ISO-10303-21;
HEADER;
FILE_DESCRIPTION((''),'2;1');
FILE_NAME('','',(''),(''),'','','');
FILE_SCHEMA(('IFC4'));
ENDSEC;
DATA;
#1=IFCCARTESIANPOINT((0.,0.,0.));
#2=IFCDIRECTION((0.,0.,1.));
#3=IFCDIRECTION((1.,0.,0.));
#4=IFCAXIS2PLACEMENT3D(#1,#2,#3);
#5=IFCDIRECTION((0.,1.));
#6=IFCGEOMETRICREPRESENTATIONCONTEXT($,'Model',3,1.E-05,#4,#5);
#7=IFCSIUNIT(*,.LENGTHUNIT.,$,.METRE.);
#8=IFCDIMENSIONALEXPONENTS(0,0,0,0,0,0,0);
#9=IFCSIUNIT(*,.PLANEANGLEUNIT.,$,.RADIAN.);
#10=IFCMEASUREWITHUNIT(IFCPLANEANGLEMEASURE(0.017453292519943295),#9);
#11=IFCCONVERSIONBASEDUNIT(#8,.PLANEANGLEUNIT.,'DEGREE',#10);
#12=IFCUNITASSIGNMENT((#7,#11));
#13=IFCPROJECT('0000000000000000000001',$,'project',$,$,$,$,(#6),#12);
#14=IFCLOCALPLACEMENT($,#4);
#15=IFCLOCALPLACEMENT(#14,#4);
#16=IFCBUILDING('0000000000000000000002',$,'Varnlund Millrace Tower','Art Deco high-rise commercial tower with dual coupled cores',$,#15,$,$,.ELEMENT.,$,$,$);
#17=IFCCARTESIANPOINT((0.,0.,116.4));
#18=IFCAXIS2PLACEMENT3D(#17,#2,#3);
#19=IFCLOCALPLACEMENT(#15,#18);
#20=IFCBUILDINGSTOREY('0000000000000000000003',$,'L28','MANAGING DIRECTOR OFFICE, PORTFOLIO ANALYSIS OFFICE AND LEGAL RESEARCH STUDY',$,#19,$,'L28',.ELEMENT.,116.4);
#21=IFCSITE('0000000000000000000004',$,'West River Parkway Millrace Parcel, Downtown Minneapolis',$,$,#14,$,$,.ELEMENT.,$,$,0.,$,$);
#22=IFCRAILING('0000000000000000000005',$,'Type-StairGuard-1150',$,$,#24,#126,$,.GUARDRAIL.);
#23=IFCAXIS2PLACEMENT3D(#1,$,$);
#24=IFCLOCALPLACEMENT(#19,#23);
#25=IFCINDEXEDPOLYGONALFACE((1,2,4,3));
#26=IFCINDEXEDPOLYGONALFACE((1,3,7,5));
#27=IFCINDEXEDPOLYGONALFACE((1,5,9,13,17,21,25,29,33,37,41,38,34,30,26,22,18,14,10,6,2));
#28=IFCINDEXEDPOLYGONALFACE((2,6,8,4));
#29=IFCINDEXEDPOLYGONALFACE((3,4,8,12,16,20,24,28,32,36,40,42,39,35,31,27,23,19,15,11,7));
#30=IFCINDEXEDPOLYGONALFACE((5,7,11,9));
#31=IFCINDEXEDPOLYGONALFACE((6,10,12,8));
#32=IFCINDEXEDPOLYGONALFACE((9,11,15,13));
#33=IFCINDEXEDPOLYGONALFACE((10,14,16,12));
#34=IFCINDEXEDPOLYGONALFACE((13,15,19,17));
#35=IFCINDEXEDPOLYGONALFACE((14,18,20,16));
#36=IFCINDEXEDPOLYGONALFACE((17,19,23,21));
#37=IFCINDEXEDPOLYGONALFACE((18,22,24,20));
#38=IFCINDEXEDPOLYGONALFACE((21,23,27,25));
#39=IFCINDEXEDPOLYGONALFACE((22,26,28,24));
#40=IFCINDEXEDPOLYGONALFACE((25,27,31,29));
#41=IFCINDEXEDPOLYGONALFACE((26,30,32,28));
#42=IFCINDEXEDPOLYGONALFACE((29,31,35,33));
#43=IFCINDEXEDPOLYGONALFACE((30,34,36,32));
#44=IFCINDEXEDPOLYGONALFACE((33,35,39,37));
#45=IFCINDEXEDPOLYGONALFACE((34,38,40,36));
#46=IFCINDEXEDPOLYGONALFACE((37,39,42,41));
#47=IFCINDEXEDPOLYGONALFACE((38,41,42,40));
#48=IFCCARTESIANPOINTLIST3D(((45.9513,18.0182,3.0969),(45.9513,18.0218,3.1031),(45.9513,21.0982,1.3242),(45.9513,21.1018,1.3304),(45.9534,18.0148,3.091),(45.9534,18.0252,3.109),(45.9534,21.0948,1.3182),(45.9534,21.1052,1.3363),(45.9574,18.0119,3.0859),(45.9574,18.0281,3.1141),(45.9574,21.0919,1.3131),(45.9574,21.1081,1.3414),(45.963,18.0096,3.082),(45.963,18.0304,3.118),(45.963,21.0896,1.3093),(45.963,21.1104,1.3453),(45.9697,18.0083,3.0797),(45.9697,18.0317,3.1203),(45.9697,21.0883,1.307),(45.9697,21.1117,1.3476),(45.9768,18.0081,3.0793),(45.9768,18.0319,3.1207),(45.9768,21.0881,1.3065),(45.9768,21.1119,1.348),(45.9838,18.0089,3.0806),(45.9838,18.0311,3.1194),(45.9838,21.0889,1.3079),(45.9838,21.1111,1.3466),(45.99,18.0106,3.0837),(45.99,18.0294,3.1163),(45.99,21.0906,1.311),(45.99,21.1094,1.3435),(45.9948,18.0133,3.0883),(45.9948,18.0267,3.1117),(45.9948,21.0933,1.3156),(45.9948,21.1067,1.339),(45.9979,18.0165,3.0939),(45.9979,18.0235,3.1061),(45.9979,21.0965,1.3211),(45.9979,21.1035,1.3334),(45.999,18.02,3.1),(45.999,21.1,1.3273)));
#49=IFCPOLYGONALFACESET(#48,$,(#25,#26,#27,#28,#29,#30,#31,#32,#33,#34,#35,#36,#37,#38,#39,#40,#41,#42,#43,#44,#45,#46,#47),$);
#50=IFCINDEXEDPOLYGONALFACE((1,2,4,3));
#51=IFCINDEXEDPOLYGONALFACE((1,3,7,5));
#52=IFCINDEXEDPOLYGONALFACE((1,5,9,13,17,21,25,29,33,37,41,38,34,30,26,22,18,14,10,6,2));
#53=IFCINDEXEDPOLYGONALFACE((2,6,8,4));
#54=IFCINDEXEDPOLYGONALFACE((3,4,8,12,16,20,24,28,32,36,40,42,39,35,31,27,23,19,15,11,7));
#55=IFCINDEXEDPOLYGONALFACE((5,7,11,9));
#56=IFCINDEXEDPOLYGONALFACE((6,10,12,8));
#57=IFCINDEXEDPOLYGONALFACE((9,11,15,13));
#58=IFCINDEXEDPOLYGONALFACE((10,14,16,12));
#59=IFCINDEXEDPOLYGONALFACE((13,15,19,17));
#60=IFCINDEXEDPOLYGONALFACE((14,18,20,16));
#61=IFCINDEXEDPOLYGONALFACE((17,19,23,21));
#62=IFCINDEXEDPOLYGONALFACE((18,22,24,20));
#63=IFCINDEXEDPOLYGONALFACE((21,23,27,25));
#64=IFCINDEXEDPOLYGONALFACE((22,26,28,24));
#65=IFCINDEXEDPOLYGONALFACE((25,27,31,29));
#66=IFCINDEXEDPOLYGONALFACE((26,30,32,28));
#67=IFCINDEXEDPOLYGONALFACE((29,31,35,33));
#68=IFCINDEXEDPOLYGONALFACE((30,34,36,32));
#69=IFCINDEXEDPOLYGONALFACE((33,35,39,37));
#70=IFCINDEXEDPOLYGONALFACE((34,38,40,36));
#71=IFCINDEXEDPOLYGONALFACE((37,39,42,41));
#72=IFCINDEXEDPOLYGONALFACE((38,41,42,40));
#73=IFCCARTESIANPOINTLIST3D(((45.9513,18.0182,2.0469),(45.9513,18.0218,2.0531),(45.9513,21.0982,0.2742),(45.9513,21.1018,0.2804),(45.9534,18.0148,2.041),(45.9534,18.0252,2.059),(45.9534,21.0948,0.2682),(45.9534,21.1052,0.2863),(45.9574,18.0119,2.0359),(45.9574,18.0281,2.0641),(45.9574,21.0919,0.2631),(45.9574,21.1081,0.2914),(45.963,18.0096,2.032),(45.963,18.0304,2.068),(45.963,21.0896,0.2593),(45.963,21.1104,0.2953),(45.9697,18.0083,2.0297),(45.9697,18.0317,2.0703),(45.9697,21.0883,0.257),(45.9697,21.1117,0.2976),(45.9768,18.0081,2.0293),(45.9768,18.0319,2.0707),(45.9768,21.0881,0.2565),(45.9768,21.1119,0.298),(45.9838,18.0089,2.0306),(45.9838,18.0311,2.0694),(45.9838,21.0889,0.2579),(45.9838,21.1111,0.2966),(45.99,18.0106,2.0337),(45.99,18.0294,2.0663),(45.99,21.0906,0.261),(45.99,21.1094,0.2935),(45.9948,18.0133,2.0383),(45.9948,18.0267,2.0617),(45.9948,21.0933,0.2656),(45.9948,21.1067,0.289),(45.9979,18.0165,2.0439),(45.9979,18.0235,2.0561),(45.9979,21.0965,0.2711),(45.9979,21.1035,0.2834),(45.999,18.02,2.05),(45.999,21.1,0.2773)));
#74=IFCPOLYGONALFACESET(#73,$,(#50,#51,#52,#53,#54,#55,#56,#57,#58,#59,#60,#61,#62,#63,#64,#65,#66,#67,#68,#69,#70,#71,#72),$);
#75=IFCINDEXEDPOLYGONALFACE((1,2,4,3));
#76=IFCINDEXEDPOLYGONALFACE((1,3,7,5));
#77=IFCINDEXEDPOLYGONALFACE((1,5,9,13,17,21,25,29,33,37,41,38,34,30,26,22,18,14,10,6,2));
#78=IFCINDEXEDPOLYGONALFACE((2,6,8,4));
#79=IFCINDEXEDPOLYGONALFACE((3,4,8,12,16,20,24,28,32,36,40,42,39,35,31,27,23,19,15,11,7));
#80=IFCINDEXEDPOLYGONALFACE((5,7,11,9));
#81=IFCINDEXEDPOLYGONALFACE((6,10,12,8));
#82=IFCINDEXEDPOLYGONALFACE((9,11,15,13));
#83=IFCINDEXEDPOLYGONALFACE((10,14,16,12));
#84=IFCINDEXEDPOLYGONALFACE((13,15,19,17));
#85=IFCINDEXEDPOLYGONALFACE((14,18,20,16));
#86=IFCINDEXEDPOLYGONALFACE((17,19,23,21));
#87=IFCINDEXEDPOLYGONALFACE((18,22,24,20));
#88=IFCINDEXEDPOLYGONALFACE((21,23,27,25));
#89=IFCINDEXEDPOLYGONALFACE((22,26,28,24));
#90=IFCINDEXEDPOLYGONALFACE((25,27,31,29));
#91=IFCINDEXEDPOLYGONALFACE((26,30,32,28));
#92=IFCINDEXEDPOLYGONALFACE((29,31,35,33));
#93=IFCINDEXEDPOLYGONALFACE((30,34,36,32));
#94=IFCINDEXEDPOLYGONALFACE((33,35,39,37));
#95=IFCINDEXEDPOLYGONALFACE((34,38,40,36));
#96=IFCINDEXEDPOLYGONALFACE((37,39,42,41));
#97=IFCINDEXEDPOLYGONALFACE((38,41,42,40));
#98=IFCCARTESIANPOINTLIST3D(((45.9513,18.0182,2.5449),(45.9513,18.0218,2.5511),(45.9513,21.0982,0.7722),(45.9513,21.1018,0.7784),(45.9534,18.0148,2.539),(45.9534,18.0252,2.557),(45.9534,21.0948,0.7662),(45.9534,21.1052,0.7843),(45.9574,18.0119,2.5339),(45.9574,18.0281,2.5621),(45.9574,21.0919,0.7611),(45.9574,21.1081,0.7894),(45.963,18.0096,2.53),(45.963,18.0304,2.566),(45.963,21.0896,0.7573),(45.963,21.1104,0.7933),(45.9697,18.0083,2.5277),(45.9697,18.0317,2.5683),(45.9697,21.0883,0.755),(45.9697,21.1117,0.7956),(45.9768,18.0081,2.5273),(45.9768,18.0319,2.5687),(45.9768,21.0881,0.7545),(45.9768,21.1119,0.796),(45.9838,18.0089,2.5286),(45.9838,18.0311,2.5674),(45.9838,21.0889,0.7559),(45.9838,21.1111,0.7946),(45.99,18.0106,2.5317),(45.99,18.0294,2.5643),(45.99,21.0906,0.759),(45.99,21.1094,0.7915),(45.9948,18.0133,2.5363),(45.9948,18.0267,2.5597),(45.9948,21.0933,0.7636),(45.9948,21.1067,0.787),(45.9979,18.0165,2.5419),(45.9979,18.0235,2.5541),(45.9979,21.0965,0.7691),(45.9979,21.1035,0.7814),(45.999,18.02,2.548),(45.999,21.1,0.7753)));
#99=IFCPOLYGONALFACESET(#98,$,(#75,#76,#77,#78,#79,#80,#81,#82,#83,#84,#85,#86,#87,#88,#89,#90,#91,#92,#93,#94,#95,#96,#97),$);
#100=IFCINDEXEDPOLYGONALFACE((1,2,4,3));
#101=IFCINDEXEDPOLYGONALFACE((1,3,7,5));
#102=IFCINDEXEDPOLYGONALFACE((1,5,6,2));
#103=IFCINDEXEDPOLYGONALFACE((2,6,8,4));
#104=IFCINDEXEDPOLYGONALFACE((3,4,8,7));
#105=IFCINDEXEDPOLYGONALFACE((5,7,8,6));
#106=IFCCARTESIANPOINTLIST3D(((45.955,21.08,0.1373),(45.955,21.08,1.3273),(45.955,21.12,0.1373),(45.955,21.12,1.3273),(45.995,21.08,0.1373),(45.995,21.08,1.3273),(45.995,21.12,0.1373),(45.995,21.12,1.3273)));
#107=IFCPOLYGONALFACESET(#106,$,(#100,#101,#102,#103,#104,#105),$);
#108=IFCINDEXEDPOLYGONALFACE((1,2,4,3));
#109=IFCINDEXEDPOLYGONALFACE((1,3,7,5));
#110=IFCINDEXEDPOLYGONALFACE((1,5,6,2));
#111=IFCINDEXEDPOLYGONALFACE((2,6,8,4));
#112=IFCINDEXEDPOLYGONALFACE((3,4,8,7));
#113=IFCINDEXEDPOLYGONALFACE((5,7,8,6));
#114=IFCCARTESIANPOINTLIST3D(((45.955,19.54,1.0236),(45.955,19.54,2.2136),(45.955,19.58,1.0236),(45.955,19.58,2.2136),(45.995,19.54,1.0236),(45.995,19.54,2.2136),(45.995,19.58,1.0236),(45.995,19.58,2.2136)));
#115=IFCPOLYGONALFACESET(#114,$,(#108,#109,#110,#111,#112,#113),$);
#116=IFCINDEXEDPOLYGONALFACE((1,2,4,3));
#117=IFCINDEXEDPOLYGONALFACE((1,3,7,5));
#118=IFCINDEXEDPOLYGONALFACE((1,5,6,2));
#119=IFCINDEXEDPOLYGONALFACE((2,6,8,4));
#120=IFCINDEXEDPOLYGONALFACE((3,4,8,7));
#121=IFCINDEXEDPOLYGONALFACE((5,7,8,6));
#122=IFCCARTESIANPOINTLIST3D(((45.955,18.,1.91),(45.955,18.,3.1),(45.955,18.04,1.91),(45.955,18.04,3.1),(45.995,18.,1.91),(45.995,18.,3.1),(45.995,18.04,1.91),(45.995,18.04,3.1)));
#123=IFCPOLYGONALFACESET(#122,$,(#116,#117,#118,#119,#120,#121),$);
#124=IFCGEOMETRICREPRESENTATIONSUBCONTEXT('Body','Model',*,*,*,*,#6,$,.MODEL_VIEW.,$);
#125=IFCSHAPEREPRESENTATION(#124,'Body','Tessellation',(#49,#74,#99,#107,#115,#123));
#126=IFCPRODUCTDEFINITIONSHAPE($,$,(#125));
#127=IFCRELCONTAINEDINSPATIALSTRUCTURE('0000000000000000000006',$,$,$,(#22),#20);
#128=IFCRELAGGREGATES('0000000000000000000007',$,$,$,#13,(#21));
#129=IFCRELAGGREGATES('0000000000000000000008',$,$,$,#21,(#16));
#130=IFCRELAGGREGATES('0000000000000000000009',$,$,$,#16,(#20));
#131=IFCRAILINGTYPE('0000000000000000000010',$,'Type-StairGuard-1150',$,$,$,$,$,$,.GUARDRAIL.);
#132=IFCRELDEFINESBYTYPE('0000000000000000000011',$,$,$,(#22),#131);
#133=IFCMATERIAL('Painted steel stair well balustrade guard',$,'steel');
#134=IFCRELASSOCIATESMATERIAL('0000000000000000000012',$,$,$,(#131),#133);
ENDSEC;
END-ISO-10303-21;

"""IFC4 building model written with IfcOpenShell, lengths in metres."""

from ifc_helpers import new_model, entity, si_unit, converted_unit, direction, frame, origin_with_axes, origin_2d_with_axis, place, context, subcontext, project, spatial, rectangle, circle, extrude, material, type_object, element, save


model = new_model("IFC4")

# Units and contexts
model_context = context("Model", 3, precision=1e-05, world=origin_with_axes(), true_north=direction((0.0, 1.0)))
body_context = subcontext(model_context, "Body", "Model", "MODEL_VIEW")
ifc_project = project(units=[si_unit("LENGTHUNIT", "METRE"), converted_unit("PLANEANGLEUNIT", "DEGREE", entity("IfcPlaneAngleMeasure", 0.017453292519943295), si_unit("PLANEANGLEUNIT", "RADIAN"), dimensions=[0, 0, 0, 0, 0, 0, 0])], contexts=[model_context])

# Site, building, storey
site_placement = place(None, origin_with_axes())
site = spatial("IfcSite", under=ifc_project, at=site_placement, Name="West River Parkway Millrace Parcel, Downtown Minneapolis", CompositionType="ELEMENT", RefElevation=0.0)
building_placement = place(site_placement, origin_with_axes())
building = spatial("IfcBuilding", under=site, at=building_placement, Name="Varnlund Millrace Tower", Description="Art Deco high-rise commercial tower with dual coupled cores", CompositionType="ELEMENT")
storey_placement = place(building_placement, frame((0.0, 0.0, 116.4), z_axis=(0.0, 0.0, 1.0), x_axis=(1.0, 0.0, 0.0)))
storey = spatial("IfcBuildingStorey", under=building, at=storey_placement, Name="L28", Description="MANAGING DIRECTOR OFFICE, PORTFOLIO ANALYSIS OFFICE AND LEGAL RESEARCH STUDY", LongName="L28", CompositionType="ELEMENT", Elevation=116.4)

# Railing
ifc_material_1 = material(Name="Painted steel stair well balustrade guard", Category="steel")
railing_type_1 = type_object("IfcRailingType", Name="Type-StairGuard-1150", PredefinedType="GUARDRAIL", material=ifc_material_1)
railing_1_placement = place(storey_placement, frame((0.0, 0.0, -116.4), z_axis=(0.0, 0.0, 1.0), x_axis=(1.0, 0.0, 0.0)))
element("IfcRailing", 1, at=railing_1_placement, inside=storey, type_object=railing_type_1, Name="Type-StairGuard-1150", PredefinedType="GUARDRAIL", context=body_context, shape_type="SweptSolid", body=[
    extrude(circle(Radius=0.024, at=origin_2d_with_axis()), frame((45.975, 21.1, 117.7273), z_axis=(0.0, -0.866696, 0.498836), x_axis=(1.0, 0.0, 0.0)), (0.0, 0.0, 1.0), 3.5537),
    extrude(circle(Radius=0.024, at=origin_2d_with_axis()), frame((45.975, 21.1, 116.6773), z_axis=(0.0, -0.866696, 0.498836), x_axis=(1.0, 0.0, 0.0)), (0.0, 0.0, 1.0), 3.5537),
    extrude(circle(Radius=0.024, at=origin_2d_with_axis()), frame((45.975, 21.1, 117.1753), z_axis=(0.0, -0.866696, 0.498836), x_axis=(1.0, 0.0, 0.0)), (0.0, 0.0, 1.0), 3.5537),
    extrude(rectangle(XDim=0.04, YDim=0.04, at=origin_2d_with_axis()), frame((45.975, 21.1, 116.5373), z_axis=(0.0, 0.0, 1.0), x_axis=(1.0, 0.0, 0.0)), (0.0, 0.0, 1.0), 1.19),
    extrude(rectangle(XDim=0.04, YDim=0.04, at=origin_2d_with_axis()), frame((45.975, 19.56, 117.4236), z_axis=(0.0, 0.0, 1.0), x_axis=(1.0, 0.0, 0.0)), (0.0, 0.0, 1.0), 1.19),
    extrude(rectangle(XDim=0.04, YDim=0.04, at=origin_2d_with_axis()), frame((45.975, 18.02, 118.31), z_axis=(0.0, 0.0, 1.0), x_axis=(1.0, 0.0, 0.0)), (0.0, 0.0, 1.0), 1.19),
])

save(model, "model.ifc")
